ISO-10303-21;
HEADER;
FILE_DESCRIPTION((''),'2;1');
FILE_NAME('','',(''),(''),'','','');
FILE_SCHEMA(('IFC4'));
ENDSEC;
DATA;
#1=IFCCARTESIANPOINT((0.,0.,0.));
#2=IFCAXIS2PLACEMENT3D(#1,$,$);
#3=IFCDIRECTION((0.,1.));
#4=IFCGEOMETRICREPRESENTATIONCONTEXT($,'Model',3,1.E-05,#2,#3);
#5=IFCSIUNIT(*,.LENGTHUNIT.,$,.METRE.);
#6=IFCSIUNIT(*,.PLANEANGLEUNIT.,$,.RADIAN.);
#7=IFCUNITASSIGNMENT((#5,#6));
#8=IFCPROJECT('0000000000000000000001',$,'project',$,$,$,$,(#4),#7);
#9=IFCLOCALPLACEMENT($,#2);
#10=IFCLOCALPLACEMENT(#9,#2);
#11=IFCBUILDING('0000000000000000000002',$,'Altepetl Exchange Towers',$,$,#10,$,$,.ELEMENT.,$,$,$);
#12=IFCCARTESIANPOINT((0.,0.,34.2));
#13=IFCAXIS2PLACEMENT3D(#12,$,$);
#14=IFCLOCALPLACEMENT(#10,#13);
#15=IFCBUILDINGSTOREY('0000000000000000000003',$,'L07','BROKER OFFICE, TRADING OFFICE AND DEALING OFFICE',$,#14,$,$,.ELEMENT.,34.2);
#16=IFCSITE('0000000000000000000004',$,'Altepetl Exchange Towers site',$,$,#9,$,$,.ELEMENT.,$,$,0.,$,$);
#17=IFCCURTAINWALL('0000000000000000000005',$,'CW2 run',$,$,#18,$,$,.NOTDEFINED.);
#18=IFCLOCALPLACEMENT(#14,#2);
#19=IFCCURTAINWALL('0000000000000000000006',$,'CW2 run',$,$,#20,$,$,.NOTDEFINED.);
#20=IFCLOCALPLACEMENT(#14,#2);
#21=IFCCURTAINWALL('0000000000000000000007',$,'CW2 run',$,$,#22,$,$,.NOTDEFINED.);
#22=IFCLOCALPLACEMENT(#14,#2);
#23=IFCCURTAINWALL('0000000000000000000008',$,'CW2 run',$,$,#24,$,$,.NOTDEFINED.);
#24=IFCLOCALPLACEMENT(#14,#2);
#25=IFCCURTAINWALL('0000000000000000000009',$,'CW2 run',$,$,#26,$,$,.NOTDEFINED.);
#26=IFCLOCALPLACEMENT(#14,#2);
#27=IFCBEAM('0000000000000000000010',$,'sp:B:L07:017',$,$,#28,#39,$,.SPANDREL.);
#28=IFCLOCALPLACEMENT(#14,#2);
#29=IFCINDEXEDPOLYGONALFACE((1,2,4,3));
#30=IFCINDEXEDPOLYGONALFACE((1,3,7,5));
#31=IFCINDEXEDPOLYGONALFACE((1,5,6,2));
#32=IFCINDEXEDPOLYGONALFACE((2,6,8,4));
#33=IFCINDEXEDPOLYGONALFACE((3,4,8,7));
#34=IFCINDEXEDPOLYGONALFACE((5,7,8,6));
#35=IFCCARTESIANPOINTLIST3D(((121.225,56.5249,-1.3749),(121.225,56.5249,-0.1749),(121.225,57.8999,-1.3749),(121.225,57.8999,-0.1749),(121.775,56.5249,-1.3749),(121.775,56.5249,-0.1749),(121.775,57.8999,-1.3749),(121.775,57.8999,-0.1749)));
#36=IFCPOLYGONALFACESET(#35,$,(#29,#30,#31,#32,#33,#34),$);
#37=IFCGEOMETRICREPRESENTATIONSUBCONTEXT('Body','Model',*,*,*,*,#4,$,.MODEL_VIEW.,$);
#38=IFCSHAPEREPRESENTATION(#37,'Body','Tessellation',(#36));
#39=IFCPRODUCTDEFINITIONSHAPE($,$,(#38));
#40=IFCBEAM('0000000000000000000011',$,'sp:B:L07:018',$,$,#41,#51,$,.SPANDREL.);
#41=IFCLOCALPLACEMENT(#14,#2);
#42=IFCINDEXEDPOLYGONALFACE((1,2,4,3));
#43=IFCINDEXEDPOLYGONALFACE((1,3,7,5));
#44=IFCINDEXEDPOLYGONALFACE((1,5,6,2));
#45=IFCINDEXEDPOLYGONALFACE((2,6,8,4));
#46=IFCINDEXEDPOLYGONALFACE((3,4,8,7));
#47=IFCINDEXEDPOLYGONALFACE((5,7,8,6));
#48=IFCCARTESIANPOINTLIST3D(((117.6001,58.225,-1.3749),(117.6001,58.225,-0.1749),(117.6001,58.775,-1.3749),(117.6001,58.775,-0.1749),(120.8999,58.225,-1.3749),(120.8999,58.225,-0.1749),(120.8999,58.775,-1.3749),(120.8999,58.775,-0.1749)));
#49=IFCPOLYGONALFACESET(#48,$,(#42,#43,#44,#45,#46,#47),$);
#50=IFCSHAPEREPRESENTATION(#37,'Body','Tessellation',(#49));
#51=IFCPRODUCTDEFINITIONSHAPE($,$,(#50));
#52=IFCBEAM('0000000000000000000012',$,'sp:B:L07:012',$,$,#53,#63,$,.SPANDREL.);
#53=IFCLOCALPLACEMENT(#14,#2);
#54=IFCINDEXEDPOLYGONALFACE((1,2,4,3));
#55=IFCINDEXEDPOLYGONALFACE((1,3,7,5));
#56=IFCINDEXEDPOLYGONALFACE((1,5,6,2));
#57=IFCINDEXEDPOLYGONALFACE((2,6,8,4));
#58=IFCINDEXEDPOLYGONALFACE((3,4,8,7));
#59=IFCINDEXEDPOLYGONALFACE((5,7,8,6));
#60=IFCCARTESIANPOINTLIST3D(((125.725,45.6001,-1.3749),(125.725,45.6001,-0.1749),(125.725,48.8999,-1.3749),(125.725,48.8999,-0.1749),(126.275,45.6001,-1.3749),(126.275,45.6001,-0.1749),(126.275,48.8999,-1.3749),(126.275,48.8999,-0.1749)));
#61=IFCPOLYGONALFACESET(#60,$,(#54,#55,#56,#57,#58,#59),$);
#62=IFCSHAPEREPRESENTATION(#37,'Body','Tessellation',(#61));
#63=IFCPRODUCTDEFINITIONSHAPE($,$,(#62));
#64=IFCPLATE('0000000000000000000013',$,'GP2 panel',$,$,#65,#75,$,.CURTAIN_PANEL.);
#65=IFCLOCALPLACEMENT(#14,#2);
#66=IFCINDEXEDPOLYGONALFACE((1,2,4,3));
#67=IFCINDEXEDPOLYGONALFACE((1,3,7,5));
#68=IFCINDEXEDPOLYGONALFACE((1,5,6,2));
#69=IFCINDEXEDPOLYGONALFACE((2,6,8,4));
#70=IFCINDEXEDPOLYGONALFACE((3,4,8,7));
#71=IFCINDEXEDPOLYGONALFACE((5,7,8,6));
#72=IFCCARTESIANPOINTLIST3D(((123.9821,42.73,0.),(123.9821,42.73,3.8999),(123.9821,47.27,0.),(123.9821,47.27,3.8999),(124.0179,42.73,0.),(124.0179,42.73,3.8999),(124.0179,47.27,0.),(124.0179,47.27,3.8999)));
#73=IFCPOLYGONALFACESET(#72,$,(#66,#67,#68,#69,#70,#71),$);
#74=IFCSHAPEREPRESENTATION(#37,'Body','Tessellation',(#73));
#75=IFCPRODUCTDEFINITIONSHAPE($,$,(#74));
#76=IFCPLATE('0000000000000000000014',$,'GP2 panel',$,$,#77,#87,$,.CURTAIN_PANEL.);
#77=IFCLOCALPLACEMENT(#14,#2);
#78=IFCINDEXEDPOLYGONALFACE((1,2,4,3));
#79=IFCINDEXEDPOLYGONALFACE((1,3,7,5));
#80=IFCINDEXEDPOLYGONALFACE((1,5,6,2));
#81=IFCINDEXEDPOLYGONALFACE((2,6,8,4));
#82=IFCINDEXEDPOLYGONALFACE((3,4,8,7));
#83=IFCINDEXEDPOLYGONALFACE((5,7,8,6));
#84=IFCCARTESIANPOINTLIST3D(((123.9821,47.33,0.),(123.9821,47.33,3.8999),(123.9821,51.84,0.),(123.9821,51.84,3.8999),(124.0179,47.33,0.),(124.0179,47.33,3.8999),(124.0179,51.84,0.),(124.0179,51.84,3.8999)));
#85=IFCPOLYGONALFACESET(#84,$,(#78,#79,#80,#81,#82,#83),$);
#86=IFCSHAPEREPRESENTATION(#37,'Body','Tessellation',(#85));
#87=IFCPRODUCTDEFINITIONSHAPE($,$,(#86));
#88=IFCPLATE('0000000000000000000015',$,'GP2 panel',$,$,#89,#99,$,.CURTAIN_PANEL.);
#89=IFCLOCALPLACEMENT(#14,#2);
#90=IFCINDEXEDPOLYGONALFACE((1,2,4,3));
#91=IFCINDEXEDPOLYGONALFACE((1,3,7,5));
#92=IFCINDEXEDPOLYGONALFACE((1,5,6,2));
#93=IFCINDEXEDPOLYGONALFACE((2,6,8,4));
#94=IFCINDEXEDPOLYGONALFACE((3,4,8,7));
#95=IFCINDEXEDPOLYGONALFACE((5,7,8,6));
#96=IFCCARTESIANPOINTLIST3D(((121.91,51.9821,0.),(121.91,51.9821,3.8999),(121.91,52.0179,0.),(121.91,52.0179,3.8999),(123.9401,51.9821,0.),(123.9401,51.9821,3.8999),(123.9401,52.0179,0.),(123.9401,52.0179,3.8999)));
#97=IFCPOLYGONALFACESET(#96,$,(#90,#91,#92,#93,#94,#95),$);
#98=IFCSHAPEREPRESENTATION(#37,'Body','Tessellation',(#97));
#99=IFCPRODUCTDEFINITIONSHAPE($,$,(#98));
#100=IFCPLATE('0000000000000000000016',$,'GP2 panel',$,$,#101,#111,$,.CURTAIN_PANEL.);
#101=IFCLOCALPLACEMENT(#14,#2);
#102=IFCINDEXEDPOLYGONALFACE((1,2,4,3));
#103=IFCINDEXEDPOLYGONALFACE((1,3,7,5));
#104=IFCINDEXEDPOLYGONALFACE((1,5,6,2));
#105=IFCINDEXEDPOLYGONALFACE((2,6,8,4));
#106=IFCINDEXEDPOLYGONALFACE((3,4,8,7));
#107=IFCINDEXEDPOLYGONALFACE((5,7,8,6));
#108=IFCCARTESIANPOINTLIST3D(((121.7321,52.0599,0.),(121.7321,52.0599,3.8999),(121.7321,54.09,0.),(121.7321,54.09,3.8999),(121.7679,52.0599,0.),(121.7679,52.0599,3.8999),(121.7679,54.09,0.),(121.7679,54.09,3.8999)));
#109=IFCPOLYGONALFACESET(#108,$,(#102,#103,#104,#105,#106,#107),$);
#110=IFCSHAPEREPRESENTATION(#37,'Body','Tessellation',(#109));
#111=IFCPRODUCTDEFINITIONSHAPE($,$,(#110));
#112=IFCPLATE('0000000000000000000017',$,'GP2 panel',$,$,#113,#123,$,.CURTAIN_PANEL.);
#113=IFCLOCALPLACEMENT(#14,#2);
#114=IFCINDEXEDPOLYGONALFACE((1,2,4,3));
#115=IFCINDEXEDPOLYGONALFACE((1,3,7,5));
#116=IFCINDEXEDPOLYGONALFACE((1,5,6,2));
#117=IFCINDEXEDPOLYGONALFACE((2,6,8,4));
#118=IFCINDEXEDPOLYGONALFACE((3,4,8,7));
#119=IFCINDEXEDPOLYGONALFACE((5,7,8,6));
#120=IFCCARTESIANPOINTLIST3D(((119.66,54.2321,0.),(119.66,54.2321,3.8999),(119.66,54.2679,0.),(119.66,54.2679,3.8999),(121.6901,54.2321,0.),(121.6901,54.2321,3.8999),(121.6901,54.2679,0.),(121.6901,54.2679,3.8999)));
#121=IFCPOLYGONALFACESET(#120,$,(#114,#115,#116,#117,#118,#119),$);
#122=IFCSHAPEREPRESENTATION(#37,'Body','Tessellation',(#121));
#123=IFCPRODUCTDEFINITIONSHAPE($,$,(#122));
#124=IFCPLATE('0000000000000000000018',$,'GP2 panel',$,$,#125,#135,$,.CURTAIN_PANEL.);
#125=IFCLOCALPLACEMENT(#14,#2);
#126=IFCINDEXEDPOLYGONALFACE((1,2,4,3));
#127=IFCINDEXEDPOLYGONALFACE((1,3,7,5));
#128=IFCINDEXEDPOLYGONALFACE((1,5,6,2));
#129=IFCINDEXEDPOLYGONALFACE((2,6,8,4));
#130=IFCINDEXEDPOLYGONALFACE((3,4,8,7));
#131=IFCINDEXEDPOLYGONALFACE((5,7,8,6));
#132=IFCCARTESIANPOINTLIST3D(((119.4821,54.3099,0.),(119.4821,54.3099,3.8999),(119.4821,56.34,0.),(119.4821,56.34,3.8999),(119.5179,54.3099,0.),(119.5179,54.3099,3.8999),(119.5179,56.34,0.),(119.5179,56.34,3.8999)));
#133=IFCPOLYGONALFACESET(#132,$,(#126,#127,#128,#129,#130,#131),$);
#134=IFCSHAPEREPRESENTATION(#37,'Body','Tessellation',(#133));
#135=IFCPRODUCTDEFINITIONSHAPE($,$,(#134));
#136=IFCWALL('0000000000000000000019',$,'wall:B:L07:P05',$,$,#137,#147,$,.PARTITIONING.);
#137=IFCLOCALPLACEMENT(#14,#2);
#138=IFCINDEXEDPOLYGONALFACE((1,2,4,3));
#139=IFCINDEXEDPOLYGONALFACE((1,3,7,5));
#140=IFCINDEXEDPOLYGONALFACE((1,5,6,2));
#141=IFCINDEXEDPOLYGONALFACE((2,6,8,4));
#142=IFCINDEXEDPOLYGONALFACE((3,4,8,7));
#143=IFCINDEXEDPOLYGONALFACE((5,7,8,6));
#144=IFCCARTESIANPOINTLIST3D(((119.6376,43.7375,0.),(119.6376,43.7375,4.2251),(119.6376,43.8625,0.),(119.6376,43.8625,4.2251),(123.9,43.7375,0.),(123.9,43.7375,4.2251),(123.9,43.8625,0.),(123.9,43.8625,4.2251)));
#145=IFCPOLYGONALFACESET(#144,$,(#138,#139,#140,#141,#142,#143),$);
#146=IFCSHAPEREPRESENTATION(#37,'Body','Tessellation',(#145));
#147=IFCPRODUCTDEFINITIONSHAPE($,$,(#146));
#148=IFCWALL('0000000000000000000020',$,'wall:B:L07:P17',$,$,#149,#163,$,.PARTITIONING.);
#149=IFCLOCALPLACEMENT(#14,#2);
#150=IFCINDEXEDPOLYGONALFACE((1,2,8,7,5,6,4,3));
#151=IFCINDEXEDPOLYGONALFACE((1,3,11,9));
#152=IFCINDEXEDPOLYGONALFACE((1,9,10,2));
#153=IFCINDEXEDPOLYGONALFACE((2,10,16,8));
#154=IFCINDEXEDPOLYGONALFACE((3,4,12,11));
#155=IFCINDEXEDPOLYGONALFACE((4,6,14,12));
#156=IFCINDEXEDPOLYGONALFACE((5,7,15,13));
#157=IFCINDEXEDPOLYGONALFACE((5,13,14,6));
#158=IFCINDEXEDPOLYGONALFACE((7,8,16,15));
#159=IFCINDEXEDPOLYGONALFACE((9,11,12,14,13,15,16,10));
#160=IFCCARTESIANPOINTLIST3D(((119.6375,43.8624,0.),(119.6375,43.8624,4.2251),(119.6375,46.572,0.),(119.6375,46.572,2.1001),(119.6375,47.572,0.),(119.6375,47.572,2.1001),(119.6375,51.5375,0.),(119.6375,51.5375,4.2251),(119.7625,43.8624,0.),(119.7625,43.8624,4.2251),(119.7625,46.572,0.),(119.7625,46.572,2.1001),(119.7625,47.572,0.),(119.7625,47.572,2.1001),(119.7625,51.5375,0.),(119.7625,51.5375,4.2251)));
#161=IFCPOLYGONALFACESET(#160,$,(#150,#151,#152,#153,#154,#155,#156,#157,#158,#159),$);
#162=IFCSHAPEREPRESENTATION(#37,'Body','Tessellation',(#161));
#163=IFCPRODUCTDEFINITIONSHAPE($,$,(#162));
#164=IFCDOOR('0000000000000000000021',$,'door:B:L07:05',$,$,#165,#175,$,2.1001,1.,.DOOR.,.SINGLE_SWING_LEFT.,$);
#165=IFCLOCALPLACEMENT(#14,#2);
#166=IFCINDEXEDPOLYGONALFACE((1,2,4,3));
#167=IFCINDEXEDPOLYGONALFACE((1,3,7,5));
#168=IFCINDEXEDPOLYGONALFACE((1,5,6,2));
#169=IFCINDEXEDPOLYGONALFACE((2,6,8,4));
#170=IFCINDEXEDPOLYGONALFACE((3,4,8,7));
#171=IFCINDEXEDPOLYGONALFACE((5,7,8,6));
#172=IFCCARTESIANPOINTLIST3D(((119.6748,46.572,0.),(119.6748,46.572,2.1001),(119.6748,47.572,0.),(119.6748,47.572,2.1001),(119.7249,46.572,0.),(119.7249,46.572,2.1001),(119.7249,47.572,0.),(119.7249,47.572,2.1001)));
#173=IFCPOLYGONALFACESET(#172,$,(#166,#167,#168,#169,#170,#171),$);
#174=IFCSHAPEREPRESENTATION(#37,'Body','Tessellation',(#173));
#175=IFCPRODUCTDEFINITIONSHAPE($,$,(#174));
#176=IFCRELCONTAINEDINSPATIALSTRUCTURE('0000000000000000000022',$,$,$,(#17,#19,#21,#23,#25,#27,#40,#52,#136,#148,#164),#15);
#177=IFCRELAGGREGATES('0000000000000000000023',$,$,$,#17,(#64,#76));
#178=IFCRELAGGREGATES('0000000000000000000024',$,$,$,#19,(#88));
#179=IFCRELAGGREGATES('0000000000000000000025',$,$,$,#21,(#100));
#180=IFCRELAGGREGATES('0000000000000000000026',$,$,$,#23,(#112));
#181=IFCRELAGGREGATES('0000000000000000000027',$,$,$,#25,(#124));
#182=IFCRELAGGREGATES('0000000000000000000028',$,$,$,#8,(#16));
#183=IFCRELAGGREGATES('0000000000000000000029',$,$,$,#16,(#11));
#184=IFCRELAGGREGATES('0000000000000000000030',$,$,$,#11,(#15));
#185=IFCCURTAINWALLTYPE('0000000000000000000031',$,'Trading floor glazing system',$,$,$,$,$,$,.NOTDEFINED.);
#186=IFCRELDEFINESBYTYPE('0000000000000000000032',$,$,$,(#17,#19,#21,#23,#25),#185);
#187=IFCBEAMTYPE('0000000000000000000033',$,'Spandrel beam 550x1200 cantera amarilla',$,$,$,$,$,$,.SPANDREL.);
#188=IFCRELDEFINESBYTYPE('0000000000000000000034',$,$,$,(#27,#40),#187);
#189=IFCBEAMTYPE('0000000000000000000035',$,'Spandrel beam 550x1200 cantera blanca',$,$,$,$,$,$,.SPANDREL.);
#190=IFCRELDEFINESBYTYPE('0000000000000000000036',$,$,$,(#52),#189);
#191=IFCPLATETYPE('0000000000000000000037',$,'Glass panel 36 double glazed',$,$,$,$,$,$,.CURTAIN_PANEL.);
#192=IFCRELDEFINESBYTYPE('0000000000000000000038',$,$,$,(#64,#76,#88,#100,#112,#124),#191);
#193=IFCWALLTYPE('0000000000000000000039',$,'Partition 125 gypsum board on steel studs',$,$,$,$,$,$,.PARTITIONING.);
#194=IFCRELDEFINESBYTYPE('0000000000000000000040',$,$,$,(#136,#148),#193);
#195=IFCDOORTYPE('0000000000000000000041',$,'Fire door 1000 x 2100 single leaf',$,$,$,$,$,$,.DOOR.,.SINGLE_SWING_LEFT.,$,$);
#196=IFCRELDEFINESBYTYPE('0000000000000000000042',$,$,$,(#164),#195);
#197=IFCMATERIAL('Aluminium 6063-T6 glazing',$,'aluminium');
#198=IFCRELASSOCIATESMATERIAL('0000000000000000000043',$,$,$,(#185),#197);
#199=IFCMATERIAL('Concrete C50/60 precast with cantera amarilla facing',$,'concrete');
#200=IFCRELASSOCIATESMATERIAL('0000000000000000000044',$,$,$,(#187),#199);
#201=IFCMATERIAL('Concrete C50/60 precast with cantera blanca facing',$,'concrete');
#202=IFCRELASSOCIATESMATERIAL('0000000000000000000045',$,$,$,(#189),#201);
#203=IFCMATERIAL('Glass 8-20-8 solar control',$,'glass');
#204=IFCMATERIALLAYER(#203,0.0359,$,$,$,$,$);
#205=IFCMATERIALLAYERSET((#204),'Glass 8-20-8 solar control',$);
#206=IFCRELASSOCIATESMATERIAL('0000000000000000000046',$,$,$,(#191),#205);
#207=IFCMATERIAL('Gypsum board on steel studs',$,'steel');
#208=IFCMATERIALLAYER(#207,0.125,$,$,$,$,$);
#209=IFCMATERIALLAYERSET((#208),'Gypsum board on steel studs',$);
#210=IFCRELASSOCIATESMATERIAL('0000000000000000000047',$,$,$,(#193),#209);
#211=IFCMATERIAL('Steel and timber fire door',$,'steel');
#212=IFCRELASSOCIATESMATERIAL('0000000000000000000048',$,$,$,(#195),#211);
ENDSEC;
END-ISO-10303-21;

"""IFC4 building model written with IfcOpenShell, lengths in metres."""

from ifc_helpers import new_model, si_unit, direction, frame, frame_2d, origin, origin_2d, place, context, subcontext, project, spatial, rectangle, extrude, material, layer, layer_set, material_profile, profile_set, type_object, element, fill, aggregate, save


model = new_model("IFC4")

# Units and contexts
model_context = context("Model", 3, precision=1e-05, world=origin(), true_north=direction((0.0, 1.0)))
body_context = subcontext(model_context, "Body", "Model", "MODEL_VIEW")
ifc_project = project(units=[si_unit("LENGTHUNIT", "METRE"), si_unit("PLANEANGLEUNIT", "RADIAN")], contexts=[model_context])

# Site, building, storey
site_placement = place(None, origin())
site = spatial("IfcSite", under=ifc_project, at=site_placement, Name="Altepetl Exchange Towers site", CompositionType="ELEMENT", RefElevation=0.0)
building_placement = place(site_placement, origin())
building = spatial("IfcBuilding", under=site, at=building_placement, Name="Altepetl Exchange Towers", CompositionType="ELEMENT")
storey_placement = place(building_placement, frame((0.0, 0.0, 34.2)))
storey = spatial("IfcBuildingStorey", under=building, at=storey_placement, Name="L07", Description="BROKER OFFICE, TRADING OFFICE AND DEALING OFFICE", CompositionType="ELEMENT", Elevation=34.2)

# Curtain walls
ifc_material_1 = material(Name="Aluminium 6063-T6 glazing", Category="aluminium")
curtain_wall_type = type_object("IfcCurtainWallType", Name="Trading floor glazing system", PredefinedType="NOTDEFINED", material=ifc_material_1)
curtain_wall_1_placement = place(storey_placement, origin())
curtain_wall_1 = element("IfcCurtainWall", 1, at=curtain_wall_1_placement, inside=storey, type_object=curtain_wall_type, Name="CW2 run", PredefinedType="NOTDEFINED")
curtain_wall_2_placement = place(storey_placement, origin())
curtain_wall_2 = element("IfcCurtainWall", 2, at=curtain_wall_2_placement, inside=storey, type_object=curtain_wall_type, Name="CW2 run", PredefinedType="NOTDEFINED")
curtain_wall_3_placement = place(storey_placement, origin())
curtain_wall_3 = element("IfcCurtainWall", 3, at=curtain_wall_3_placement, inside=storey, type_object=curtain_wall_type, Name="CW2 run", PredefinedType="NOTDEFINED")
curtain_wall_4_placement = place(storey_placement, origin())
curtain_wall_4 = element("IfcCurtainWall", 4, at=curtain_wall_4_placement, inside=storey, type_object=curtain_wall_type, Name="CW2 run", PredefinedType="NOTDEFINED")
curtain_wall_5_placement = place(storey_placement, origin())
curtain_wall_5 = element("IfcCurtainWall", 5, at=curtain_wall_5_placement, inside=storey, type_object=curtain_wall_type, Name="CW2 run", PredefinedType="NOTDEFINED")

# Beams
ifc_material_2 = material(Name="Concrete C50/60 precast with cantera amarilla facing", Category="concrete")
ifc_material_profile_1 = material_profile(ifc_material_2, rectangle(XDim=0.55, YDim=1.2, at=origin_2d()), Name="550 x 1200")
ifc_profile_set_1 = profile_set([ifc_material_profile_1], Name="Concrete C50/60 precast with cantera amarilla facing")
beam_type_1 = type_object("IfcBeamType", Name="Spandrel beam 550x1200 cantera amarilla", PredefinedType="SPANDREL", material=ifc_profile_set_1)
beam_1_placement = place(storey_placement, frame((121.5, 56.5249, -0.7749), z_axis=(0.0, 1.0, 0.0), x_axis=(-1.0, 0.0, 0.0)))
element("IfcBeam", 6, at=beam_1_placement, inside=storey, type_object=beam_type_1, Name="sp:B:L07:017", PredefinedType="SPANDREL", context=body_context, shape_type="SweptSolid", body=[
    extrude(rectangle(XDim=0.55, YDim=1.2, at=origin_2d()), origin(), (0.0, 0.0, 1.0), 1.375),
])
beam_2_placement = place(storey_placement, frame((120.8999, 58.5, -0.7749), z_axis=(-1.0, 0.0, 0.0), x_axis=(0.0, -1.0, 0.0)))
element("IfcBeam", 7, at=beam_2_placement, inside=storey, type_object=beam_type_1, Name="sp:B:L07:018", PredefinedType="SPANDREL", context=body_context, shape_type="SweptSolid", body=[
    extrude(rectangle(XDim=0.55, YDim=1.2, at=origin_2d()), origin(), (0.0, 0.0, 1.0), 3.2998),
])
ifc_material_3 = material(Name="Concrete C50/60 precast with cantera blanca facing", Category="concrete")
ifc_material_profile_2 = material_profile(ifc_material_3, rectangle(XDim=0.55, YDim=1.2, at=origin_2d()), Name="550 x 1200")
ifc_profile_set_2 = profile_set([ifc_material_profile_2], Name="Concrete C50/60 precast with cantera blanca facing")
beam_type_2 = type_object("IfcBeamType", Name="Spandrel beam 550x1200 cantera blanca", PredefinedType="SPANDREL", material=ifc_profile_set_2)
beam_3_placement = place(storey_placement, frame((126.0, 45.6001, -0.7749), z_axis=(0.0, 1.0, 0.0), x_axis=(-1.0, 0.0, 0.0)))
element("IfcBeam", 8, at=beam_3_placement, inside=storey, type_object=beam_type_2, Name="sp:B:L07:012", PredefinedType="SPANDREL", context=body_context, shape_type="SweptSolid", body=[
    extrude(rectangle(XDim=0.55, YDim=1.2, at=origin_2d()), origin(), (0.0, 0.0, 1.0), 3.2998),
])

# Plates
ifc_material_4 = material(Name="Glass 8-20-8 solar control", Category="glass")
ifc_layer_1 = layer(ifc_material_4, 0.0359)
ifc_layer_set_1 = layer_set([ifc_layer_1], Name="Glass 8-20-8 solar control")
plate_type = type_object("IfcPlateType", Name="Glass panel 36 double glazed", PredefinedType="CURTAIN_PANEL", material=ifc_layer_set_1)
plate_1_placement = place(storey_placement, frame((124.0, 45.0, 0.0), z_axis=(0.0, 0.0, 1.0), x_axis=(0.0, 1.0, 0.0)))
plate_1 = element("IfcPlate", 9, at=plate_1_placement, type_object=plate_type, Name="GP2 panel", PredefinedType="CURTAIN_PANEL", context=body_context, shape_type="SweptSolid", body=[
    extrude(rectangle(XDim=4.54, YDim=0.0359, at=origin_2d()), origin(), (0.0, 0.0, 1.0), 3.8999),
])
plate_2_placement = place(storey_placement, frame((124.0, 49.585, 0.0), z_axis=(0.0, 0.0, 1.0), x_axis=(0.0, 1.0, 0.0)))
plate_2 = element("IfcPlate", 10, at=plate_2_placement, type_object=plate_type, Name="GP2 panel", PredefinedType="CURTAIN_PANEL", context=body_context, shape_type="SweptSolid", body=[
    extrude(rectangle(XDim=4.51, YDim=0.0359, at=origin_2d()), origin(), (0.0, 0.0, 1.0), 3.8999),
])
aggregate(curtain_wall_1, [plate_1, plate_2])
plate_3_placement = place(storey_placement, frame((122.925, 52.0, 0.0), z_axis=(0.0, 0.0, 1.0), x_axis=(-1.0, 0.0, 0.0)))
plate_3 = element("IfcPlate", 11, at=plate_3_placement, type_object=plate_type, Name="GP2 panel", PredefinedType="CURTAIN_PANEL", context=body_context, shape_type="SweptSolid", body=[
    extrude(rectangle(XDim=2.03, YDim=0.0359, at=origin_2d()), origin(), (0.0, 0.0, 1.0), 3.8999),
])
aggregate(curtain_wall_2, [plate_3])
plate_4_placement = place(storey_placement, frame((121.75, 53.075, 0.0), z_axis=(0.0, 0.0, 1.0), x_axis=(0.0, 1.0, 0.0)))
plate_4 = element("IfcPlate", 12, at=plate_4_placement, type_object=plate_type, Name="GP2 panel", PredefinedType="CURTAIN_PANEL", context=body_context, shape_type="SweptSolid", body=[
    extrude(rectangle(XDim=2.03, YDim=0.0359, at=origin_2d()), origin(), (0.0, 0.0, 1.0), 3.8999),
])
aggregate(curtain_wall_3, [plate_4])
plate_5_placement = place(storey_placement, frame((120.675, 54.25, 0.0), z_axis=(0.0, 0.0, 1.0), x_axis=(-1.0, 0.0, 0.0)))
plate_5 = element("IfcPlate", 13, at=plate_5_placement, type_object=plate_type, Name="GP2 panel", PredefinedType="CURTAIN_PANEL", context=body_context, shape_type="SweptSolid", body=[
    extrude(rectangle(XDim=2.03, YDim=0.0359, at=origin_2d()), origin(), (0.0, 0.0, 1.0), 3.8999),
])
aggregate(curtain_wall_4, [plate_5])
plate_6_placement = place(storey_placement, frame((119.5, 55.325, 0.0), z_axis=(0.0, 0.0, 1.0), x_axis=(0.0, 1.0, 0.0)))
plate_6 = element("IfcPlate", 14, at=plate_6_placement, type_object=plate_type, Name="GP2 panel", PredefinedType="CURTAIN_PANEL", context=body_context, shape_type="SweptSolid", body=[
    extrude(rectangle(XDim=2.03, YDim=0.0359, at=origin_2d()), origin(), (0.0, 0.0, 1.0), 3.8999),
])
aggregate(curtain_wall_5, [plate_6])

# Wall
ifc_material_5 = material(Name="Gypsum board on steel studs", Category="steel")
ifc_layer_2 = layer(ifc_material_5, 0.125)
ifc_layer_set_2 = layer_set([ifc_layer_2], Name="Gypsum board on steel studs")
wall_type = type_object("IfcWallType", Name="Partition 125 gypsum board on steel studs", PredefinedType="PARTITIONING", material=ifc_layer_set_2)
wall_1_placement = place(storey_placement, frame((119.6375, 43.8, 0.0)))
element("IfcWall", 15, at=wall_1_placement, inside=storey, type_object=wall_type, Name="wall:B:L07:P05", PredefinedType="PARTITIONING", context=body_context, shape_type="SweptSolid", body=[
    extrude(rectangle(XDim=4.2625, YDim=0.125, at=frame_2d((2.1313, 0.0))), origin(), (0.0, 0.0, 1.0), 4.2251),
])

# Wall, opening, door
wall_2_placement = place(storey_placement, frame((119.7, 43.8625, 0.0), z_axis=(0.0, 0.0, 1.0), x_axis=(0.0, 1.0, 0.0)))
wall_2 = element("IfcWall", 16, at=wall_2_placement, inside=storey, type_object=wall_type, Name="wall:B:L07:P17", PredefinedType="PARTITIONING", context=body_context, shape_type="SweptSolid", body=[
    extrude(rectangle(XDim=7.675, YDim=0.125, at=frame_2d((3.8374, 0.0))), origin(), (0.0, 0.0, 1.0), 4.2251),
])
opening_placement = place(wall_2_placement, frame((2.7095, 0.0, 0.0)))
opening = element("IfcOpeningElement", 17, at=opening_placement, cuts=wall_2, PredefinedType="OPENING", context=body_context, shape_type="SweptSolid", body=[
    extrude(rectangle(XDim=1.0, YDim=2.1001, at=frame_2d((0.5, 1.05))), frame((0.0, 0.0725, 0.0), z_axis=(0.0, -1.0, 0.0), x_axis=(1.0, 0.0, 0.0)), (0.0, 0.0, 1.0), 0.145),
])
ifc_material_6 = material(Name="Steel and timber fire door", Category="steel")
door_type = type_object("IfcDoorType", Name="Fire door 1000 x 2100 single leaf", OperationType="SINGLE_SWING_LEFT", PredefinedType="DOOR", material=ifc_material_6)
door_placement = place(opening_placement, frame((1.0, 0.0, 0.0), x_axis=(-1.0, 0.0, 0.0)))
door = element("IfcDoor", 18, at=door_placement, inside=storey, type_object=door_type, Name="door:B:L07:05", OperationType="SINGLE_SWING_LEFT", OverallHeight=2.1001, OverallWidth=1.0, PredefinedType="DOOR", context=body_context, shape_type="SweptSolid", body=[
    extrude(rectangle(XDim=1.0, YDim=2.1001, at=frame_2d((0.5, 1.05))), frame((0.0, 0.0249, 0.0), z_axis=(0.0, -1.0, 0.0), x_axis=(1.0, 0.0, 0.0)), (0.0, 0.0, 1.0), 0.05),
])
fill(opening, door)

save(model, "model.ifc")
